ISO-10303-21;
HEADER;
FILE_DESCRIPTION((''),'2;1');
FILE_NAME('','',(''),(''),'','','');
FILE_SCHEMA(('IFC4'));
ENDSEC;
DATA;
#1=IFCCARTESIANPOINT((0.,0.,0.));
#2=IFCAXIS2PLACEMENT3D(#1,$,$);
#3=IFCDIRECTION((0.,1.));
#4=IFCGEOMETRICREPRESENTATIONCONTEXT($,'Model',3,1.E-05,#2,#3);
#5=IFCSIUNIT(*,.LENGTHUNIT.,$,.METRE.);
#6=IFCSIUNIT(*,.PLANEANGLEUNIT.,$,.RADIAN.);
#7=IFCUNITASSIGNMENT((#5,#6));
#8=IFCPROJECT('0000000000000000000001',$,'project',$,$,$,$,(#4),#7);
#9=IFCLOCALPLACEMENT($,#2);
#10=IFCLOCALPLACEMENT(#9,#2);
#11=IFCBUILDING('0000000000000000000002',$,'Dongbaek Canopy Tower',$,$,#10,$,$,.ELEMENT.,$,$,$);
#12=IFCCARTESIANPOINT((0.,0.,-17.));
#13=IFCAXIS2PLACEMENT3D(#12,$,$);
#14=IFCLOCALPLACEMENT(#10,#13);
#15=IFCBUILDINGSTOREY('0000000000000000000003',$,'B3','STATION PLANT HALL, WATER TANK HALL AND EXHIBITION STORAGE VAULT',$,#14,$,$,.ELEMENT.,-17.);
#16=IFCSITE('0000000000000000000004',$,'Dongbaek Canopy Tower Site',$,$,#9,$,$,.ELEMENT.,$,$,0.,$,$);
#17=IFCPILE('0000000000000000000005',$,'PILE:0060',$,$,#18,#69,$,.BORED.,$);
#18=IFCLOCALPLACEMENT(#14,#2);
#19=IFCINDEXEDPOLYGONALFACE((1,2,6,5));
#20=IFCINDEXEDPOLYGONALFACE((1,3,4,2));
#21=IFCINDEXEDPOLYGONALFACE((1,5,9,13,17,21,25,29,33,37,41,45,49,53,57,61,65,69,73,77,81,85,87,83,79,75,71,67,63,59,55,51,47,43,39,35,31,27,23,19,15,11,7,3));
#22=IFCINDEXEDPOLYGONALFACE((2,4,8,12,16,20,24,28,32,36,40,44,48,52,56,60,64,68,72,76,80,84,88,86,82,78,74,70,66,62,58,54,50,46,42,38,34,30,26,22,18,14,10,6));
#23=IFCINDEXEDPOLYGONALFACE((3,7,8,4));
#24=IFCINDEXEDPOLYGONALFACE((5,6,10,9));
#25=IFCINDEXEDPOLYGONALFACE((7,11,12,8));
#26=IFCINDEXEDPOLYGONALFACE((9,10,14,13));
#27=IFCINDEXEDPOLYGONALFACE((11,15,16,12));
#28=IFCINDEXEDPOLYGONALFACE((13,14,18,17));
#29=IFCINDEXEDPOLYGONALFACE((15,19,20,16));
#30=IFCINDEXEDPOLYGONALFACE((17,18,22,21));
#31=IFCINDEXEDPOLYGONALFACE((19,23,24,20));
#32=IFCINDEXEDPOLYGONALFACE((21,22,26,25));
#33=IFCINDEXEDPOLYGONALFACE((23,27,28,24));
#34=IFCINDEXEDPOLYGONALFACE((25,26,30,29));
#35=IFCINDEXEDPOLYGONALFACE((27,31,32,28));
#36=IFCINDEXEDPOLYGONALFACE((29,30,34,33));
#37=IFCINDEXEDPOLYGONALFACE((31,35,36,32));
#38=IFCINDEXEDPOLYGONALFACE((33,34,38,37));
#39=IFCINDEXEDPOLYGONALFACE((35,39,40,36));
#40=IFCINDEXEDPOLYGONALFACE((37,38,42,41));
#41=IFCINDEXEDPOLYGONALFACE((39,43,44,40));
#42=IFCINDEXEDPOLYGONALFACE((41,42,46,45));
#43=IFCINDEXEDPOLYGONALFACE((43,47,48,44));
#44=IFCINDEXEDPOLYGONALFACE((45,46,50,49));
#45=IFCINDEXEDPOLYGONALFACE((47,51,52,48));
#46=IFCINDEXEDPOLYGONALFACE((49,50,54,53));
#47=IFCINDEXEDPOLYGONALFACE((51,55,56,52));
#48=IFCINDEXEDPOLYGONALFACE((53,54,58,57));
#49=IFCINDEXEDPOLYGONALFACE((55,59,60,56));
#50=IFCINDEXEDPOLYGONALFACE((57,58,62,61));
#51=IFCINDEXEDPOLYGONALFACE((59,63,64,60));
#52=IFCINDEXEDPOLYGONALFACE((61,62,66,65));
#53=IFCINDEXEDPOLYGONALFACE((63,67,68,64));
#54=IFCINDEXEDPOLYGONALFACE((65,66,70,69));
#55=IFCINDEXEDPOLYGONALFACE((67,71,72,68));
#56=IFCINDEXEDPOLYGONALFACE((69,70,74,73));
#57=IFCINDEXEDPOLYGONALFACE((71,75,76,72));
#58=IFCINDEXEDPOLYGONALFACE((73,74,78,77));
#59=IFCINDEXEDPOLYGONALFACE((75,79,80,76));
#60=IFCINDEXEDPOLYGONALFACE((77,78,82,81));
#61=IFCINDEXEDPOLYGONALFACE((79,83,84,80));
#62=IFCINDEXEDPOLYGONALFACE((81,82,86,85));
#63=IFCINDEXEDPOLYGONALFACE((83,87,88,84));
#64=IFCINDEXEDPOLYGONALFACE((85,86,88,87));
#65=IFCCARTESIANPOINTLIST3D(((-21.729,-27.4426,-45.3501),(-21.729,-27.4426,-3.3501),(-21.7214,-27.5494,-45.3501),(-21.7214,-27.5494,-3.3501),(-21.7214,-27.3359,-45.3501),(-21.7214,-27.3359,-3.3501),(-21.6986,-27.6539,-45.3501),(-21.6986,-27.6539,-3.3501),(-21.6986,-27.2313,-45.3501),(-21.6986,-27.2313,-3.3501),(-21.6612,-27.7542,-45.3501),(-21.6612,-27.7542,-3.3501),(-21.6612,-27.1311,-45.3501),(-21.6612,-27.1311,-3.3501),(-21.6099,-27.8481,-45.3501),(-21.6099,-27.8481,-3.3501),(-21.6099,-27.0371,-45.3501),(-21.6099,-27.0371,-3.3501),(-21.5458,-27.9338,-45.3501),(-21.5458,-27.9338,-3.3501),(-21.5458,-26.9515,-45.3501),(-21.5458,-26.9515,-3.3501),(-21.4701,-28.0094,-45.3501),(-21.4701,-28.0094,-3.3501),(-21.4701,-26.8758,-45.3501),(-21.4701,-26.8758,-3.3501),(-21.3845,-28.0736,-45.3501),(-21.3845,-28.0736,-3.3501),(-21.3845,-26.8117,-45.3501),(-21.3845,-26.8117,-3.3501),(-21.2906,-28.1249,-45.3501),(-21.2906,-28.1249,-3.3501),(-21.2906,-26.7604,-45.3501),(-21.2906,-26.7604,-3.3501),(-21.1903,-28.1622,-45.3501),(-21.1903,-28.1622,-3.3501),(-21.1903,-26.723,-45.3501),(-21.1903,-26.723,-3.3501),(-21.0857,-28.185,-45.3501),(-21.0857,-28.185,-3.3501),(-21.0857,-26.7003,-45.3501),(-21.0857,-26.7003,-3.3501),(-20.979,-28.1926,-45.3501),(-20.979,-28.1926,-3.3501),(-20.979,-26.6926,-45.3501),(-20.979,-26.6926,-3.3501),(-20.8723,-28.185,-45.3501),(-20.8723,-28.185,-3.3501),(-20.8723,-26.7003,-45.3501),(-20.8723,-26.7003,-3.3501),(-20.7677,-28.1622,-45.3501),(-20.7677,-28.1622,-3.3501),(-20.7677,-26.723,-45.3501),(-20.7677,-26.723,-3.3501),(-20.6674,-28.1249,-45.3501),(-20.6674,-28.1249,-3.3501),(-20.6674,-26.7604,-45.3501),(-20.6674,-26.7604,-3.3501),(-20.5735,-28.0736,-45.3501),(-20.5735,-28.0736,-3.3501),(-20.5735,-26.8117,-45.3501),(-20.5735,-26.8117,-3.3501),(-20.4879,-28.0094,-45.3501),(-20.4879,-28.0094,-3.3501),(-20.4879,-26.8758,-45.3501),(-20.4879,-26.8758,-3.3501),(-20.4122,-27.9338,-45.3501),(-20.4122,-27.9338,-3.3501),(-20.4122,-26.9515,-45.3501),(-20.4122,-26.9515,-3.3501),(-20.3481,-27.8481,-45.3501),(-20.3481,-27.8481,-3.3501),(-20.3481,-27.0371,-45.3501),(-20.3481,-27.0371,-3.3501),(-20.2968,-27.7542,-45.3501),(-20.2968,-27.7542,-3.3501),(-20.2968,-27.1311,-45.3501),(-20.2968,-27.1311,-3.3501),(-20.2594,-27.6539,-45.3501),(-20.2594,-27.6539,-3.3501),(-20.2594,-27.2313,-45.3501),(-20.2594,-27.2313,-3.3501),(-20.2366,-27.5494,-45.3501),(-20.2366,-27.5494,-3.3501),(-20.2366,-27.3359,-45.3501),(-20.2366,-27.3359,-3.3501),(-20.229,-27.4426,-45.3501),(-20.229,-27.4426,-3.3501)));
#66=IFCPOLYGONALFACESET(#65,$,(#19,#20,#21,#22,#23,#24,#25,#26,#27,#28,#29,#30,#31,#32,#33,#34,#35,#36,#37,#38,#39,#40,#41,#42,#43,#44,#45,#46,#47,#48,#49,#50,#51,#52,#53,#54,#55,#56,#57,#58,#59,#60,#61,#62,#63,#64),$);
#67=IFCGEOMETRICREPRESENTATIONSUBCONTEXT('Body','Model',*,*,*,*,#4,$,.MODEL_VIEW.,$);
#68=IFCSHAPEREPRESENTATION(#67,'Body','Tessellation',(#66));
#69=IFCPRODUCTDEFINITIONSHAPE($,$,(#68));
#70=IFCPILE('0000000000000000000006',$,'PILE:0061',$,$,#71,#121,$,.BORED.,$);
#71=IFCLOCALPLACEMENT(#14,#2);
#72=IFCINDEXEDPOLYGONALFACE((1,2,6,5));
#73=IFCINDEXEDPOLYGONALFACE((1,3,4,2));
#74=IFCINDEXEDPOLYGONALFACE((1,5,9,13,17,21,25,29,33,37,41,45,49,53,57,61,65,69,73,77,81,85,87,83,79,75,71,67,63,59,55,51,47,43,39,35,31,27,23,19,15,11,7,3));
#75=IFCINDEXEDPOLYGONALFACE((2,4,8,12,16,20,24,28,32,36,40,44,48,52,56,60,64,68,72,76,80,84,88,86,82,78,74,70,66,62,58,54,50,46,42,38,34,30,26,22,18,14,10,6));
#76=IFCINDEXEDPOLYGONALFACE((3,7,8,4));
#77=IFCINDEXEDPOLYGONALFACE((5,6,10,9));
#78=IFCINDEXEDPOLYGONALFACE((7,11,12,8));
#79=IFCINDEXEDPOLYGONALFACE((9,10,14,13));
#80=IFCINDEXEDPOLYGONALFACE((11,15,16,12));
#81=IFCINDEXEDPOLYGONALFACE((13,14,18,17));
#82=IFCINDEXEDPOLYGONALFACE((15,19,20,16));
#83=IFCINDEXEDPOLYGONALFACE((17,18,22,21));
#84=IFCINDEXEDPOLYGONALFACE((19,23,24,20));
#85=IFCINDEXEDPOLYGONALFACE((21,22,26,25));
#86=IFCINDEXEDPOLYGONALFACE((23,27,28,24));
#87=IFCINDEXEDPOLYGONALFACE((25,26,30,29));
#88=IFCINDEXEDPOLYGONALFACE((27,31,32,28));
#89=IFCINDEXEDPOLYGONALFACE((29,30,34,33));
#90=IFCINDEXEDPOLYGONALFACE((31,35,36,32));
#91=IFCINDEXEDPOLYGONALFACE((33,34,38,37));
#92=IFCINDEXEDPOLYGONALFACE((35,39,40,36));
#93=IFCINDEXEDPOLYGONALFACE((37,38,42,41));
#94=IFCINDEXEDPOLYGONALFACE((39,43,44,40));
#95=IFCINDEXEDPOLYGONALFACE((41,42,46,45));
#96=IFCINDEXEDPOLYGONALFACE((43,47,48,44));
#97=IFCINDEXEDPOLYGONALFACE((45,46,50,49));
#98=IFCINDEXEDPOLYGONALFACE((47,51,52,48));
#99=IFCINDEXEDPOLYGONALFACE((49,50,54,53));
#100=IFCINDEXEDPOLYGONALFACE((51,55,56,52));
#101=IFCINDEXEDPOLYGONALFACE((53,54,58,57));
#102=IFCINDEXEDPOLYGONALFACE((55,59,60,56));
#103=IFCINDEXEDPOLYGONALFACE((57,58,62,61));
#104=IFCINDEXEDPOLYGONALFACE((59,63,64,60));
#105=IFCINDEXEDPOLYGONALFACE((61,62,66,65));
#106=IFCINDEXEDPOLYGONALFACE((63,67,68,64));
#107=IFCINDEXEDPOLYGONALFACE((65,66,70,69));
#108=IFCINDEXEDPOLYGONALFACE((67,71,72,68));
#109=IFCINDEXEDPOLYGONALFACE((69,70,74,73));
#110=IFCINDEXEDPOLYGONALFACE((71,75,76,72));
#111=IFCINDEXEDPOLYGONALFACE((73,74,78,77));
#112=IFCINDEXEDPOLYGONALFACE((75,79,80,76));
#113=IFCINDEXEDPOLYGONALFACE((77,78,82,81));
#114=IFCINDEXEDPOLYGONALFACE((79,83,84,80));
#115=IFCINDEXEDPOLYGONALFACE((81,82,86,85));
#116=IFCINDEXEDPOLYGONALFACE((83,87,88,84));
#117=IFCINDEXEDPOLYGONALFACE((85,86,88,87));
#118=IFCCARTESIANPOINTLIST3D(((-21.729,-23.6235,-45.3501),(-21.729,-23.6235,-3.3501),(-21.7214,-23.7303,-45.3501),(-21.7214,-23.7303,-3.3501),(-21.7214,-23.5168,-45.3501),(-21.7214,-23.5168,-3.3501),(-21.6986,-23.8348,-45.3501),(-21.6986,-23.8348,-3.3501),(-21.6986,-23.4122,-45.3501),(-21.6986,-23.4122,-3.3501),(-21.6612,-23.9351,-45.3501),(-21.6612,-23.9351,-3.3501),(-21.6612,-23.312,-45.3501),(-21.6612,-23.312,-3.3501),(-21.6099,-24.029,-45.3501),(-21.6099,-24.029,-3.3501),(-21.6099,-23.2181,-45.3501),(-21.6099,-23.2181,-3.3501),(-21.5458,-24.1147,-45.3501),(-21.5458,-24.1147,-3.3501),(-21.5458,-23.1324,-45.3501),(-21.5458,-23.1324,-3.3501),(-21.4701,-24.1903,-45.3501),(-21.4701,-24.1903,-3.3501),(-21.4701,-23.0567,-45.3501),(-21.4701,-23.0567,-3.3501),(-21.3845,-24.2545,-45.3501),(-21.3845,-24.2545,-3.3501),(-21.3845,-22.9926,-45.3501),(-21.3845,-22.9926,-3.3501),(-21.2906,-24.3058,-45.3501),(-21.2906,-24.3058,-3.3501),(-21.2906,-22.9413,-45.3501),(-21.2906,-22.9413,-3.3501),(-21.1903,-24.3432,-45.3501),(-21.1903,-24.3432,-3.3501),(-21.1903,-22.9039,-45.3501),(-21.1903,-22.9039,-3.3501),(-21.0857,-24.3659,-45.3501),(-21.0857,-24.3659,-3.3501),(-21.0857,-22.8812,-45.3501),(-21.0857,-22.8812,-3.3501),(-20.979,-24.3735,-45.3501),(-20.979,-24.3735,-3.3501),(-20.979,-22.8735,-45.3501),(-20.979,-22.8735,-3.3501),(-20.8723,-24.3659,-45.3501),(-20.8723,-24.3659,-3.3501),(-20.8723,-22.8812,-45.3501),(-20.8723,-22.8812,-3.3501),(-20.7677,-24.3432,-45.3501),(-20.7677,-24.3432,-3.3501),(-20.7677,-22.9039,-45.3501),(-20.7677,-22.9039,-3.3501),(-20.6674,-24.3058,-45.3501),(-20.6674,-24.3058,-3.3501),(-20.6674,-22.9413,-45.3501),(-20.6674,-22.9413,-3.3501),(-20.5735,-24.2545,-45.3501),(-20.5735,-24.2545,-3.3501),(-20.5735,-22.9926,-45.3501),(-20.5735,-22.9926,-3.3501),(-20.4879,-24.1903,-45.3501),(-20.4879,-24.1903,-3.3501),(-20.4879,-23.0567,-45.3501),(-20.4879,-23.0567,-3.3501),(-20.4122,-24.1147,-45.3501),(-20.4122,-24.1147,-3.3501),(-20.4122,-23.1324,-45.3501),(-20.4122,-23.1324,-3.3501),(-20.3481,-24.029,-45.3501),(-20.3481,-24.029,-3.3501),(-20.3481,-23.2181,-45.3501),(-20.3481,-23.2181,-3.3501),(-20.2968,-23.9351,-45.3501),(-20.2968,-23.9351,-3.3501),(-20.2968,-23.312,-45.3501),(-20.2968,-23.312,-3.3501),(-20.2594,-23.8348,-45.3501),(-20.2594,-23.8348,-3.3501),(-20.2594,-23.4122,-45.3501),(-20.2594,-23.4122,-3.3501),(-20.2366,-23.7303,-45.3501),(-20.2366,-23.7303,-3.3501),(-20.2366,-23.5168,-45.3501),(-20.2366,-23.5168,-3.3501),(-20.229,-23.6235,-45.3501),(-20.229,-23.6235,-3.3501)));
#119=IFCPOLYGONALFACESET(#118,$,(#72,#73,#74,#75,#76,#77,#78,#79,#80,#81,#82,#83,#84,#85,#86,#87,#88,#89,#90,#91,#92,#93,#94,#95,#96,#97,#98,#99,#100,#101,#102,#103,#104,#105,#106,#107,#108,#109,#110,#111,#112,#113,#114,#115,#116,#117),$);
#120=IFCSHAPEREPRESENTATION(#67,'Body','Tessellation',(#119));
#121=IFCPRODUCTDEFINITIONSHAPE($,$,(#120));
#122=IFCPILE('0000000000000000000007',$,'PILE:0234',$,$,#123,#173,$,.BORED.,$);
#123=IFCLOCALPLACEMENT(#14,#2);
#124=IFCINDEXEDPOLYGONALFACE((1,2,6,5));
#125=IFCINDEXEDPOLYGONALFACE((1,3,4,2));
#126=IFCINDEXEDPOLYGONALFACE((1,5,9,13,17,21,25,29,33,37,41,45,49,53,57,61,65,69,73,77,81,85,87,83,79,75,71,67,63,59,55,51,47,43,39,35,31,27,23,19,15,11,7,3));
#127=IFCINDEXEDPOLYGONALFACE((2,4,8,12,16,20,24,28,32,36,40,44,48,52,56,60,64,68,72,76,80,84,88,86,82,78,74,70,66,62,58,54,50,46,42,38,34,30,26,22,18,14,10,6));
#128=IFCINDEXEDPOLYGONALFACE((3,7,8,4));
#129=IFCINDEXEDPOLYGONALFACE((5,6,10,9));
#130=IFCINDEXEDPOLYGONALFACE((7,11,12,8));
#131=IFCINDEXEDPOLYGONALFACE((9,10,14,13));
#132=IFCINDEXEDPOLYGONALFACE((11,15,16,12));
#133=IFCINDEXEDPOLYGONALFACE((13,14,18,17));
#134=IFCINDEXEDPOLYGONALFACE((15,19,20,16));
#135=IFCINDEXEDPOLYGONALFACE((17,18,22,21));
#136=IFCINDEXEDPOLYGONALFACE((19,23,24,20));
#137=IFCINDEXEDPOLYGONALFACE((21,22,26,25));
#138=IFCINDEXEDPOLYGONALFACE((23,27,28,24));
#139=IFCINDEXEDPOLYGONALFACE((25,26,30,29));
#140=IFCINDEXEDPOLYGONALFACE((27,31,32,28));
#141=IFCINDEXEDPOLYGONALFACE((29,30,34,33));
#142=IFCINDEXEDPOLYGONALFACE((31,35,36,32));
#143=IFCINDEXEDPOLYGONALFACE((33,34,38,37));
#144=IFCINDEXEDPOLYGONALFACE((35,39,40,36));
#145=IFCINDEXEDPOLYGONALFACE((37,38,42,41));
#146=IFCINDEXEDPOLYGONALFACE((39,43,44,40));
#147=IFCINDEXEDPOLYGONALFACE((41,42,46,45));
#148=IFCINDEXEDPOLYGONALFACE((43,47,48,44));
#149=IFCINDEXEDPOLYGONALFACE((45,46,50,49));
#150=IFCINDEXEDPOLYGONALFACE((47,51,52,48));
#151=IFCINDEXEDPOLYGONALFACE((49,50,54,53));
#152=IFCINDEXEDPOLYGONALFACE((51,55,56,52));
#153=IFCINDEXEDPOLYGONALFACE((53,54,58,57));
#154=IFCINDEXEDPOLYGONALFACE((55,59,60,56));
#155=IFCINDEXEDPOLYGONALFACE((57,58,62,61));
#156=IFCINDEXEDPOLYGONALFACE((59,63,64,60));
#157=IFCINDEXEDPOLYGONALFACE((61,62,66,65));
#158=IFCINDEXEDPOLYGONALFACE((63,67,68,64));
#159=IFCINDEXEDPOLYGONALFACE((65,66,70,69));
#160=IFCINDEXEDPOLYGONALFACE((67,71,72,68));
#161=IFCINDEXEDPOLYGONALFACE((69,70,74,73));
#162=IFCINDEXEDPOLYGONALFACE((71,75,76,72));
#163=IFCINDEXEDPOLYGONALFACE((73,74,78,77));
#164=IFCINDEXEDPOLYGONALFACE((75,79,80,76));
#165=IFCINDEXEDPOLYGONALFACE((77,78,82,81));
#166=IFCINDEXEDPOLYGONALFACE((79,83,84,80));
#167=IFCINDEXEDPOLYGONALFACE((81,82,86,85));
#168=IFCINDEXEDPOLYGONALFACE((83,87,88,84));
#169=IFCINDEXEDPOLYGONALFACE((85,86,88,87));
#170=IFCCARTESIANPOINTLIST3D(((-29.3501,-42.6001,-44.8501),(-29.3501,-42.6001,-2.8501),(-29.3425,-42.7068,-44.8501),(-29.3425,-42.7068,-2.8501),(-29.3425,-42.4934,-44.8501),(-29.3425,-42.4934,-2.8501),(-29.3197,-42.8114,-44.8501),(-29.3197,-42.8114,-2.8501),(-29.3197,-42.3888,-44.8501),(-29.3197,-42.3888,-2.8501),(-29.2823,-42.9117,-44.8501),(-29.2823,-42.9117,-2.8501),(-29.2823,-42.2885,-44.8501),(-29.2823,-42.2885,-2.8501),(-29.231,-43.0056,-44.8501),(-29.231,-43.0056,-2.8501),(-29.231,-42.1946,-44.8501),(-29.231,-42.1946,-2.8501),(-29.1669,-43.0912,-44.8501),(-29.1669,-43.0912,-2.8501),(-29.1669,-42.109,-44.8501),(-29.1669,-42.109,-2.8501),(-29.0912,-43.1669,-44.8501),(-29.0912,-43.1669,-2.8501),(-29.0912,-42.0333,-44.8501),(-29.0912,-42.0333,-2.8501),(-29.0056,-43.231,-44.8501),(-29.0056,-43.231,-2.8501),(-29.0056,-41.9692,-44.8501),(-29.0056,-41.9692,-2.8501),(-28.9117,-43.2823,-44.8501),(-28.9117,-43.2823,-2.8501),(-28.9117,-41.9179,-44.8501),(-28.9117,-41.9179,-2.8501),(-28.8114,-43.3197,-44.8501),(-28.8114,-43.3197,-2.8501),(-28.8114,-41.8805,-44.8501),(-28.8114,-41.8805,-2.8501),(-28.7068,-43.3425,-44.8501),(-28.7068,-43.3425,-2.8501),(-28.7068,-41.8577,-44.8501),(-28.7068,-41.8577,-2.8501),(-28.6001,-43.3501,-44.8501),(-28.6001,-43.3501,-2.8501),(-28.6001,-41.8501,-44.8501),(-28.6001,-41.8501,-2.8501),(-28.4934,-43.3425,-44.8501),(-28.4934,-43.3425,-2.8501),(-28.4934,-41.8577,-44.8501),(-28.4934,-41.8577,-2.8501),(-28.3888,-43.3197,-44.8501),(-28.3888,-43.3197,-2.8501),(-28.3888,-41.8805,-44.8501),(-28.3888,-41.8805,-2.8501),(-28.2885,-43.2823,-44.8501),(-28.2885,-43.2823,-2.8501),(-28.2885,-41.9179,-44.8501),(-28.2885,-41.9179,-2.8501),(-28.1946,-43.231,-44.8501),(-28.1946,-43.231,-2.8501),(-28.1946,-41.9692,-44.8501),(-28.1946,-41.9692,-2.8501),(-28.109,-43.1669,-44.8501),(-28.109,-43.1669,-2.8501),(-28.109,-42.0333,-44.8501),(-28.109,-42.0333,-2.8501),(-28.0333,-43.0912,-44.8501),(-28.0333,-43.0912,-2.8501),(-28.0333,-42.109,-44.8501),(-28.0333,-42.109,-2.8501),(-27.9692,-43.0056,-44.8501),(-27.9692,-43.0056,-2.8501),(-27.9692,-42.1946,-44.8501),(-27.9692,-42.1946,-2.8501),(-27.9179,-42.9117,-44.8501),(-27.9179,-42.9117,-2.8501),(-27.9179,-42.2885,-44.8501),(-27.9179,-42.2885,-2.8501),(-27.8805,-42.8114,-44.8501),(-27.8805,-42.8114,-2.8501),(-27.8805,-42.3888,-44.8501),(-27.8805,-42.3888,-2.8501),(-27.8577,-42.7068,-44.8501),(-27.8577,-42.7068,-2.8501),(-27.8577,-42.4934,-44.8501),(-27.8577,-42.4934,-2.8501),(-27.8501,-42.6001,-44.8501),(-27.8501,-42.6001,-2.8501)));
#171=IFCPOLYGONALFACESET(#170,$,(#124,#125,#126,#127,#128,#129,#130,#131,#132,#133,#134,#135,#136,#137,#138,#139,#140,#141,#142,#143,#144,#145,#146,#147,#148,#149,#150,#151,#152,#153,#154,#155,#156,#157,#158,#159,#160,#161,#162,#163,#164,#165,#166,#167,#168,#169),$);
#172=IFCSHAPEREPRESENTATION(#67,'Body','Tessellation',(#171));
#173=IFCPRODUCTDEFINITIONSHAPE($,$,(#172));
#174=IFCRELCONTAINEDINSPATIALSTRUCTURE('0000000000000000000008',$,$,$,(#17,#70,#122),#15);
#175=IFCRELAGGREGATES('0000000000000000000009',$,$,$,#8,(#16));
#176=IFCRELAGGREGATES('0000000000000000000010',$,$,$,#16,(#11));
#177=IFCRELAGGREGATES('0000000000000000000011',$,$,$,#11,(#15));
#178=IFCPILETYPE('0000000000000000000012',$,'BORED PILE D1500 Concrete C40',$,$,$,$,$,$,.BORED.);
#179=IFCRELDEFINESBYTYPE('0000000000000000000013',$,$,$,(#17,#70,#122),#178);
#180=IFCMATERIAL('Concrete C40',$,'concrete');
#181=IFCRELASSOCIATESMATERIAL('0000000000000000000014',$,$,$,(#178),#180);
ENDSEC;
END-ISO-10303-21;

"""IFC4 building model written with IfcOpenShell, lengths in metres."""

from ifc_helpers import new_model, si_unit, direction, frame, origin, origin_2d, place, context, subcontext, project, spatial, circle, extrude, material, material_profile, profile_set, type_object, element, save


model = new_model("IFC4")

# Units and contexts
model_context = context("Model", 3, precision=1e-05, world=origin(), true_north=direction((0.0, 1.0)))
body_context = subcontext(model_context, "Body", "Model", "MODEL_VIEW")
ifc_project = project(units=[si_unit("LENGTHUNIT", "METRE"), si_unit("PLANEANGLEUNIT", "RADIAN")], contexts=[model_context])

# Site, building, storey
site_placement = place(None, origin())
site = spatial("IfcSite", under=ifc_project, at=site_placement, Name="Dongbaek Canopy Tower Site", CompositionType="ELEMENT", RefElevation=0.0)
building_placement = place(site_placement, origin())
building = spatial("IfcBuilding", under=site, at=building_placement, Name="Dongbaek Canopy Tower", CompositionType="ELEMENT")
storey_placement = place(building_placement, frame((0.0, 0.0, -17.0)))
storey = spatial("IfcBuildingStorey", under=building, at=storey_placement, Name="B3", Description="STATION PLANT HALL, WATER TANK HALL AND EXHIBITION STORAGE VAULT", CompositionType="ELEMENT", Elevation=-17.0)

# Piles
ifc_material_1 = material(Name="Concrete C40", Category="concrete")
ifc_material_profile_1 = material_profile(ifc_material_1, circle(Radius=0.75, at=origin_2d()), Name="BORED PILE D1500 Concrete C40")
ifc_profile_set_1 = profile_set([ifc_material_profile_1], Name="Concrete C40")
pile_type = type_object("IfcPileType", Name="BORED PILE D1500 Concrete C40", PredefinedType="BORED", material=ifc_profile_set_1)
for number, where, z_axis, x_axis, name in (
    (1, (-20.979, -27.4426, -3.3501), (0.0, 0.0, -1.0), (1.0, 0.0, 0.0), "PILE:0060"),
    (2, (-20.979, -23.6235, -3.3501), (0.0, 0.0, -1.0), (1.0, 0.0, 0.0), "PILE:0061"),
    (3, (-28.6001, -42.6001, -2.8501), (0.0, 0.0, -1.0), (1.0, 0.0, 0.0), "PILE:0234"),
):
    element("IfcPile", number, at=place(storey_placement, frame(where, z_axis=z_axis, x_axis=x_axis)), inside=storey, type_object=pile_type, Name=name, PredefinedType="BORED", context=body_context, shape_type="SweptSolid", body=[
        extrude(circle(Radius=0.75, at=origin_2d()), origin(), (0.0, 0.0, 1.0), 42.0),
    ])

save(model, "model.ifc")
